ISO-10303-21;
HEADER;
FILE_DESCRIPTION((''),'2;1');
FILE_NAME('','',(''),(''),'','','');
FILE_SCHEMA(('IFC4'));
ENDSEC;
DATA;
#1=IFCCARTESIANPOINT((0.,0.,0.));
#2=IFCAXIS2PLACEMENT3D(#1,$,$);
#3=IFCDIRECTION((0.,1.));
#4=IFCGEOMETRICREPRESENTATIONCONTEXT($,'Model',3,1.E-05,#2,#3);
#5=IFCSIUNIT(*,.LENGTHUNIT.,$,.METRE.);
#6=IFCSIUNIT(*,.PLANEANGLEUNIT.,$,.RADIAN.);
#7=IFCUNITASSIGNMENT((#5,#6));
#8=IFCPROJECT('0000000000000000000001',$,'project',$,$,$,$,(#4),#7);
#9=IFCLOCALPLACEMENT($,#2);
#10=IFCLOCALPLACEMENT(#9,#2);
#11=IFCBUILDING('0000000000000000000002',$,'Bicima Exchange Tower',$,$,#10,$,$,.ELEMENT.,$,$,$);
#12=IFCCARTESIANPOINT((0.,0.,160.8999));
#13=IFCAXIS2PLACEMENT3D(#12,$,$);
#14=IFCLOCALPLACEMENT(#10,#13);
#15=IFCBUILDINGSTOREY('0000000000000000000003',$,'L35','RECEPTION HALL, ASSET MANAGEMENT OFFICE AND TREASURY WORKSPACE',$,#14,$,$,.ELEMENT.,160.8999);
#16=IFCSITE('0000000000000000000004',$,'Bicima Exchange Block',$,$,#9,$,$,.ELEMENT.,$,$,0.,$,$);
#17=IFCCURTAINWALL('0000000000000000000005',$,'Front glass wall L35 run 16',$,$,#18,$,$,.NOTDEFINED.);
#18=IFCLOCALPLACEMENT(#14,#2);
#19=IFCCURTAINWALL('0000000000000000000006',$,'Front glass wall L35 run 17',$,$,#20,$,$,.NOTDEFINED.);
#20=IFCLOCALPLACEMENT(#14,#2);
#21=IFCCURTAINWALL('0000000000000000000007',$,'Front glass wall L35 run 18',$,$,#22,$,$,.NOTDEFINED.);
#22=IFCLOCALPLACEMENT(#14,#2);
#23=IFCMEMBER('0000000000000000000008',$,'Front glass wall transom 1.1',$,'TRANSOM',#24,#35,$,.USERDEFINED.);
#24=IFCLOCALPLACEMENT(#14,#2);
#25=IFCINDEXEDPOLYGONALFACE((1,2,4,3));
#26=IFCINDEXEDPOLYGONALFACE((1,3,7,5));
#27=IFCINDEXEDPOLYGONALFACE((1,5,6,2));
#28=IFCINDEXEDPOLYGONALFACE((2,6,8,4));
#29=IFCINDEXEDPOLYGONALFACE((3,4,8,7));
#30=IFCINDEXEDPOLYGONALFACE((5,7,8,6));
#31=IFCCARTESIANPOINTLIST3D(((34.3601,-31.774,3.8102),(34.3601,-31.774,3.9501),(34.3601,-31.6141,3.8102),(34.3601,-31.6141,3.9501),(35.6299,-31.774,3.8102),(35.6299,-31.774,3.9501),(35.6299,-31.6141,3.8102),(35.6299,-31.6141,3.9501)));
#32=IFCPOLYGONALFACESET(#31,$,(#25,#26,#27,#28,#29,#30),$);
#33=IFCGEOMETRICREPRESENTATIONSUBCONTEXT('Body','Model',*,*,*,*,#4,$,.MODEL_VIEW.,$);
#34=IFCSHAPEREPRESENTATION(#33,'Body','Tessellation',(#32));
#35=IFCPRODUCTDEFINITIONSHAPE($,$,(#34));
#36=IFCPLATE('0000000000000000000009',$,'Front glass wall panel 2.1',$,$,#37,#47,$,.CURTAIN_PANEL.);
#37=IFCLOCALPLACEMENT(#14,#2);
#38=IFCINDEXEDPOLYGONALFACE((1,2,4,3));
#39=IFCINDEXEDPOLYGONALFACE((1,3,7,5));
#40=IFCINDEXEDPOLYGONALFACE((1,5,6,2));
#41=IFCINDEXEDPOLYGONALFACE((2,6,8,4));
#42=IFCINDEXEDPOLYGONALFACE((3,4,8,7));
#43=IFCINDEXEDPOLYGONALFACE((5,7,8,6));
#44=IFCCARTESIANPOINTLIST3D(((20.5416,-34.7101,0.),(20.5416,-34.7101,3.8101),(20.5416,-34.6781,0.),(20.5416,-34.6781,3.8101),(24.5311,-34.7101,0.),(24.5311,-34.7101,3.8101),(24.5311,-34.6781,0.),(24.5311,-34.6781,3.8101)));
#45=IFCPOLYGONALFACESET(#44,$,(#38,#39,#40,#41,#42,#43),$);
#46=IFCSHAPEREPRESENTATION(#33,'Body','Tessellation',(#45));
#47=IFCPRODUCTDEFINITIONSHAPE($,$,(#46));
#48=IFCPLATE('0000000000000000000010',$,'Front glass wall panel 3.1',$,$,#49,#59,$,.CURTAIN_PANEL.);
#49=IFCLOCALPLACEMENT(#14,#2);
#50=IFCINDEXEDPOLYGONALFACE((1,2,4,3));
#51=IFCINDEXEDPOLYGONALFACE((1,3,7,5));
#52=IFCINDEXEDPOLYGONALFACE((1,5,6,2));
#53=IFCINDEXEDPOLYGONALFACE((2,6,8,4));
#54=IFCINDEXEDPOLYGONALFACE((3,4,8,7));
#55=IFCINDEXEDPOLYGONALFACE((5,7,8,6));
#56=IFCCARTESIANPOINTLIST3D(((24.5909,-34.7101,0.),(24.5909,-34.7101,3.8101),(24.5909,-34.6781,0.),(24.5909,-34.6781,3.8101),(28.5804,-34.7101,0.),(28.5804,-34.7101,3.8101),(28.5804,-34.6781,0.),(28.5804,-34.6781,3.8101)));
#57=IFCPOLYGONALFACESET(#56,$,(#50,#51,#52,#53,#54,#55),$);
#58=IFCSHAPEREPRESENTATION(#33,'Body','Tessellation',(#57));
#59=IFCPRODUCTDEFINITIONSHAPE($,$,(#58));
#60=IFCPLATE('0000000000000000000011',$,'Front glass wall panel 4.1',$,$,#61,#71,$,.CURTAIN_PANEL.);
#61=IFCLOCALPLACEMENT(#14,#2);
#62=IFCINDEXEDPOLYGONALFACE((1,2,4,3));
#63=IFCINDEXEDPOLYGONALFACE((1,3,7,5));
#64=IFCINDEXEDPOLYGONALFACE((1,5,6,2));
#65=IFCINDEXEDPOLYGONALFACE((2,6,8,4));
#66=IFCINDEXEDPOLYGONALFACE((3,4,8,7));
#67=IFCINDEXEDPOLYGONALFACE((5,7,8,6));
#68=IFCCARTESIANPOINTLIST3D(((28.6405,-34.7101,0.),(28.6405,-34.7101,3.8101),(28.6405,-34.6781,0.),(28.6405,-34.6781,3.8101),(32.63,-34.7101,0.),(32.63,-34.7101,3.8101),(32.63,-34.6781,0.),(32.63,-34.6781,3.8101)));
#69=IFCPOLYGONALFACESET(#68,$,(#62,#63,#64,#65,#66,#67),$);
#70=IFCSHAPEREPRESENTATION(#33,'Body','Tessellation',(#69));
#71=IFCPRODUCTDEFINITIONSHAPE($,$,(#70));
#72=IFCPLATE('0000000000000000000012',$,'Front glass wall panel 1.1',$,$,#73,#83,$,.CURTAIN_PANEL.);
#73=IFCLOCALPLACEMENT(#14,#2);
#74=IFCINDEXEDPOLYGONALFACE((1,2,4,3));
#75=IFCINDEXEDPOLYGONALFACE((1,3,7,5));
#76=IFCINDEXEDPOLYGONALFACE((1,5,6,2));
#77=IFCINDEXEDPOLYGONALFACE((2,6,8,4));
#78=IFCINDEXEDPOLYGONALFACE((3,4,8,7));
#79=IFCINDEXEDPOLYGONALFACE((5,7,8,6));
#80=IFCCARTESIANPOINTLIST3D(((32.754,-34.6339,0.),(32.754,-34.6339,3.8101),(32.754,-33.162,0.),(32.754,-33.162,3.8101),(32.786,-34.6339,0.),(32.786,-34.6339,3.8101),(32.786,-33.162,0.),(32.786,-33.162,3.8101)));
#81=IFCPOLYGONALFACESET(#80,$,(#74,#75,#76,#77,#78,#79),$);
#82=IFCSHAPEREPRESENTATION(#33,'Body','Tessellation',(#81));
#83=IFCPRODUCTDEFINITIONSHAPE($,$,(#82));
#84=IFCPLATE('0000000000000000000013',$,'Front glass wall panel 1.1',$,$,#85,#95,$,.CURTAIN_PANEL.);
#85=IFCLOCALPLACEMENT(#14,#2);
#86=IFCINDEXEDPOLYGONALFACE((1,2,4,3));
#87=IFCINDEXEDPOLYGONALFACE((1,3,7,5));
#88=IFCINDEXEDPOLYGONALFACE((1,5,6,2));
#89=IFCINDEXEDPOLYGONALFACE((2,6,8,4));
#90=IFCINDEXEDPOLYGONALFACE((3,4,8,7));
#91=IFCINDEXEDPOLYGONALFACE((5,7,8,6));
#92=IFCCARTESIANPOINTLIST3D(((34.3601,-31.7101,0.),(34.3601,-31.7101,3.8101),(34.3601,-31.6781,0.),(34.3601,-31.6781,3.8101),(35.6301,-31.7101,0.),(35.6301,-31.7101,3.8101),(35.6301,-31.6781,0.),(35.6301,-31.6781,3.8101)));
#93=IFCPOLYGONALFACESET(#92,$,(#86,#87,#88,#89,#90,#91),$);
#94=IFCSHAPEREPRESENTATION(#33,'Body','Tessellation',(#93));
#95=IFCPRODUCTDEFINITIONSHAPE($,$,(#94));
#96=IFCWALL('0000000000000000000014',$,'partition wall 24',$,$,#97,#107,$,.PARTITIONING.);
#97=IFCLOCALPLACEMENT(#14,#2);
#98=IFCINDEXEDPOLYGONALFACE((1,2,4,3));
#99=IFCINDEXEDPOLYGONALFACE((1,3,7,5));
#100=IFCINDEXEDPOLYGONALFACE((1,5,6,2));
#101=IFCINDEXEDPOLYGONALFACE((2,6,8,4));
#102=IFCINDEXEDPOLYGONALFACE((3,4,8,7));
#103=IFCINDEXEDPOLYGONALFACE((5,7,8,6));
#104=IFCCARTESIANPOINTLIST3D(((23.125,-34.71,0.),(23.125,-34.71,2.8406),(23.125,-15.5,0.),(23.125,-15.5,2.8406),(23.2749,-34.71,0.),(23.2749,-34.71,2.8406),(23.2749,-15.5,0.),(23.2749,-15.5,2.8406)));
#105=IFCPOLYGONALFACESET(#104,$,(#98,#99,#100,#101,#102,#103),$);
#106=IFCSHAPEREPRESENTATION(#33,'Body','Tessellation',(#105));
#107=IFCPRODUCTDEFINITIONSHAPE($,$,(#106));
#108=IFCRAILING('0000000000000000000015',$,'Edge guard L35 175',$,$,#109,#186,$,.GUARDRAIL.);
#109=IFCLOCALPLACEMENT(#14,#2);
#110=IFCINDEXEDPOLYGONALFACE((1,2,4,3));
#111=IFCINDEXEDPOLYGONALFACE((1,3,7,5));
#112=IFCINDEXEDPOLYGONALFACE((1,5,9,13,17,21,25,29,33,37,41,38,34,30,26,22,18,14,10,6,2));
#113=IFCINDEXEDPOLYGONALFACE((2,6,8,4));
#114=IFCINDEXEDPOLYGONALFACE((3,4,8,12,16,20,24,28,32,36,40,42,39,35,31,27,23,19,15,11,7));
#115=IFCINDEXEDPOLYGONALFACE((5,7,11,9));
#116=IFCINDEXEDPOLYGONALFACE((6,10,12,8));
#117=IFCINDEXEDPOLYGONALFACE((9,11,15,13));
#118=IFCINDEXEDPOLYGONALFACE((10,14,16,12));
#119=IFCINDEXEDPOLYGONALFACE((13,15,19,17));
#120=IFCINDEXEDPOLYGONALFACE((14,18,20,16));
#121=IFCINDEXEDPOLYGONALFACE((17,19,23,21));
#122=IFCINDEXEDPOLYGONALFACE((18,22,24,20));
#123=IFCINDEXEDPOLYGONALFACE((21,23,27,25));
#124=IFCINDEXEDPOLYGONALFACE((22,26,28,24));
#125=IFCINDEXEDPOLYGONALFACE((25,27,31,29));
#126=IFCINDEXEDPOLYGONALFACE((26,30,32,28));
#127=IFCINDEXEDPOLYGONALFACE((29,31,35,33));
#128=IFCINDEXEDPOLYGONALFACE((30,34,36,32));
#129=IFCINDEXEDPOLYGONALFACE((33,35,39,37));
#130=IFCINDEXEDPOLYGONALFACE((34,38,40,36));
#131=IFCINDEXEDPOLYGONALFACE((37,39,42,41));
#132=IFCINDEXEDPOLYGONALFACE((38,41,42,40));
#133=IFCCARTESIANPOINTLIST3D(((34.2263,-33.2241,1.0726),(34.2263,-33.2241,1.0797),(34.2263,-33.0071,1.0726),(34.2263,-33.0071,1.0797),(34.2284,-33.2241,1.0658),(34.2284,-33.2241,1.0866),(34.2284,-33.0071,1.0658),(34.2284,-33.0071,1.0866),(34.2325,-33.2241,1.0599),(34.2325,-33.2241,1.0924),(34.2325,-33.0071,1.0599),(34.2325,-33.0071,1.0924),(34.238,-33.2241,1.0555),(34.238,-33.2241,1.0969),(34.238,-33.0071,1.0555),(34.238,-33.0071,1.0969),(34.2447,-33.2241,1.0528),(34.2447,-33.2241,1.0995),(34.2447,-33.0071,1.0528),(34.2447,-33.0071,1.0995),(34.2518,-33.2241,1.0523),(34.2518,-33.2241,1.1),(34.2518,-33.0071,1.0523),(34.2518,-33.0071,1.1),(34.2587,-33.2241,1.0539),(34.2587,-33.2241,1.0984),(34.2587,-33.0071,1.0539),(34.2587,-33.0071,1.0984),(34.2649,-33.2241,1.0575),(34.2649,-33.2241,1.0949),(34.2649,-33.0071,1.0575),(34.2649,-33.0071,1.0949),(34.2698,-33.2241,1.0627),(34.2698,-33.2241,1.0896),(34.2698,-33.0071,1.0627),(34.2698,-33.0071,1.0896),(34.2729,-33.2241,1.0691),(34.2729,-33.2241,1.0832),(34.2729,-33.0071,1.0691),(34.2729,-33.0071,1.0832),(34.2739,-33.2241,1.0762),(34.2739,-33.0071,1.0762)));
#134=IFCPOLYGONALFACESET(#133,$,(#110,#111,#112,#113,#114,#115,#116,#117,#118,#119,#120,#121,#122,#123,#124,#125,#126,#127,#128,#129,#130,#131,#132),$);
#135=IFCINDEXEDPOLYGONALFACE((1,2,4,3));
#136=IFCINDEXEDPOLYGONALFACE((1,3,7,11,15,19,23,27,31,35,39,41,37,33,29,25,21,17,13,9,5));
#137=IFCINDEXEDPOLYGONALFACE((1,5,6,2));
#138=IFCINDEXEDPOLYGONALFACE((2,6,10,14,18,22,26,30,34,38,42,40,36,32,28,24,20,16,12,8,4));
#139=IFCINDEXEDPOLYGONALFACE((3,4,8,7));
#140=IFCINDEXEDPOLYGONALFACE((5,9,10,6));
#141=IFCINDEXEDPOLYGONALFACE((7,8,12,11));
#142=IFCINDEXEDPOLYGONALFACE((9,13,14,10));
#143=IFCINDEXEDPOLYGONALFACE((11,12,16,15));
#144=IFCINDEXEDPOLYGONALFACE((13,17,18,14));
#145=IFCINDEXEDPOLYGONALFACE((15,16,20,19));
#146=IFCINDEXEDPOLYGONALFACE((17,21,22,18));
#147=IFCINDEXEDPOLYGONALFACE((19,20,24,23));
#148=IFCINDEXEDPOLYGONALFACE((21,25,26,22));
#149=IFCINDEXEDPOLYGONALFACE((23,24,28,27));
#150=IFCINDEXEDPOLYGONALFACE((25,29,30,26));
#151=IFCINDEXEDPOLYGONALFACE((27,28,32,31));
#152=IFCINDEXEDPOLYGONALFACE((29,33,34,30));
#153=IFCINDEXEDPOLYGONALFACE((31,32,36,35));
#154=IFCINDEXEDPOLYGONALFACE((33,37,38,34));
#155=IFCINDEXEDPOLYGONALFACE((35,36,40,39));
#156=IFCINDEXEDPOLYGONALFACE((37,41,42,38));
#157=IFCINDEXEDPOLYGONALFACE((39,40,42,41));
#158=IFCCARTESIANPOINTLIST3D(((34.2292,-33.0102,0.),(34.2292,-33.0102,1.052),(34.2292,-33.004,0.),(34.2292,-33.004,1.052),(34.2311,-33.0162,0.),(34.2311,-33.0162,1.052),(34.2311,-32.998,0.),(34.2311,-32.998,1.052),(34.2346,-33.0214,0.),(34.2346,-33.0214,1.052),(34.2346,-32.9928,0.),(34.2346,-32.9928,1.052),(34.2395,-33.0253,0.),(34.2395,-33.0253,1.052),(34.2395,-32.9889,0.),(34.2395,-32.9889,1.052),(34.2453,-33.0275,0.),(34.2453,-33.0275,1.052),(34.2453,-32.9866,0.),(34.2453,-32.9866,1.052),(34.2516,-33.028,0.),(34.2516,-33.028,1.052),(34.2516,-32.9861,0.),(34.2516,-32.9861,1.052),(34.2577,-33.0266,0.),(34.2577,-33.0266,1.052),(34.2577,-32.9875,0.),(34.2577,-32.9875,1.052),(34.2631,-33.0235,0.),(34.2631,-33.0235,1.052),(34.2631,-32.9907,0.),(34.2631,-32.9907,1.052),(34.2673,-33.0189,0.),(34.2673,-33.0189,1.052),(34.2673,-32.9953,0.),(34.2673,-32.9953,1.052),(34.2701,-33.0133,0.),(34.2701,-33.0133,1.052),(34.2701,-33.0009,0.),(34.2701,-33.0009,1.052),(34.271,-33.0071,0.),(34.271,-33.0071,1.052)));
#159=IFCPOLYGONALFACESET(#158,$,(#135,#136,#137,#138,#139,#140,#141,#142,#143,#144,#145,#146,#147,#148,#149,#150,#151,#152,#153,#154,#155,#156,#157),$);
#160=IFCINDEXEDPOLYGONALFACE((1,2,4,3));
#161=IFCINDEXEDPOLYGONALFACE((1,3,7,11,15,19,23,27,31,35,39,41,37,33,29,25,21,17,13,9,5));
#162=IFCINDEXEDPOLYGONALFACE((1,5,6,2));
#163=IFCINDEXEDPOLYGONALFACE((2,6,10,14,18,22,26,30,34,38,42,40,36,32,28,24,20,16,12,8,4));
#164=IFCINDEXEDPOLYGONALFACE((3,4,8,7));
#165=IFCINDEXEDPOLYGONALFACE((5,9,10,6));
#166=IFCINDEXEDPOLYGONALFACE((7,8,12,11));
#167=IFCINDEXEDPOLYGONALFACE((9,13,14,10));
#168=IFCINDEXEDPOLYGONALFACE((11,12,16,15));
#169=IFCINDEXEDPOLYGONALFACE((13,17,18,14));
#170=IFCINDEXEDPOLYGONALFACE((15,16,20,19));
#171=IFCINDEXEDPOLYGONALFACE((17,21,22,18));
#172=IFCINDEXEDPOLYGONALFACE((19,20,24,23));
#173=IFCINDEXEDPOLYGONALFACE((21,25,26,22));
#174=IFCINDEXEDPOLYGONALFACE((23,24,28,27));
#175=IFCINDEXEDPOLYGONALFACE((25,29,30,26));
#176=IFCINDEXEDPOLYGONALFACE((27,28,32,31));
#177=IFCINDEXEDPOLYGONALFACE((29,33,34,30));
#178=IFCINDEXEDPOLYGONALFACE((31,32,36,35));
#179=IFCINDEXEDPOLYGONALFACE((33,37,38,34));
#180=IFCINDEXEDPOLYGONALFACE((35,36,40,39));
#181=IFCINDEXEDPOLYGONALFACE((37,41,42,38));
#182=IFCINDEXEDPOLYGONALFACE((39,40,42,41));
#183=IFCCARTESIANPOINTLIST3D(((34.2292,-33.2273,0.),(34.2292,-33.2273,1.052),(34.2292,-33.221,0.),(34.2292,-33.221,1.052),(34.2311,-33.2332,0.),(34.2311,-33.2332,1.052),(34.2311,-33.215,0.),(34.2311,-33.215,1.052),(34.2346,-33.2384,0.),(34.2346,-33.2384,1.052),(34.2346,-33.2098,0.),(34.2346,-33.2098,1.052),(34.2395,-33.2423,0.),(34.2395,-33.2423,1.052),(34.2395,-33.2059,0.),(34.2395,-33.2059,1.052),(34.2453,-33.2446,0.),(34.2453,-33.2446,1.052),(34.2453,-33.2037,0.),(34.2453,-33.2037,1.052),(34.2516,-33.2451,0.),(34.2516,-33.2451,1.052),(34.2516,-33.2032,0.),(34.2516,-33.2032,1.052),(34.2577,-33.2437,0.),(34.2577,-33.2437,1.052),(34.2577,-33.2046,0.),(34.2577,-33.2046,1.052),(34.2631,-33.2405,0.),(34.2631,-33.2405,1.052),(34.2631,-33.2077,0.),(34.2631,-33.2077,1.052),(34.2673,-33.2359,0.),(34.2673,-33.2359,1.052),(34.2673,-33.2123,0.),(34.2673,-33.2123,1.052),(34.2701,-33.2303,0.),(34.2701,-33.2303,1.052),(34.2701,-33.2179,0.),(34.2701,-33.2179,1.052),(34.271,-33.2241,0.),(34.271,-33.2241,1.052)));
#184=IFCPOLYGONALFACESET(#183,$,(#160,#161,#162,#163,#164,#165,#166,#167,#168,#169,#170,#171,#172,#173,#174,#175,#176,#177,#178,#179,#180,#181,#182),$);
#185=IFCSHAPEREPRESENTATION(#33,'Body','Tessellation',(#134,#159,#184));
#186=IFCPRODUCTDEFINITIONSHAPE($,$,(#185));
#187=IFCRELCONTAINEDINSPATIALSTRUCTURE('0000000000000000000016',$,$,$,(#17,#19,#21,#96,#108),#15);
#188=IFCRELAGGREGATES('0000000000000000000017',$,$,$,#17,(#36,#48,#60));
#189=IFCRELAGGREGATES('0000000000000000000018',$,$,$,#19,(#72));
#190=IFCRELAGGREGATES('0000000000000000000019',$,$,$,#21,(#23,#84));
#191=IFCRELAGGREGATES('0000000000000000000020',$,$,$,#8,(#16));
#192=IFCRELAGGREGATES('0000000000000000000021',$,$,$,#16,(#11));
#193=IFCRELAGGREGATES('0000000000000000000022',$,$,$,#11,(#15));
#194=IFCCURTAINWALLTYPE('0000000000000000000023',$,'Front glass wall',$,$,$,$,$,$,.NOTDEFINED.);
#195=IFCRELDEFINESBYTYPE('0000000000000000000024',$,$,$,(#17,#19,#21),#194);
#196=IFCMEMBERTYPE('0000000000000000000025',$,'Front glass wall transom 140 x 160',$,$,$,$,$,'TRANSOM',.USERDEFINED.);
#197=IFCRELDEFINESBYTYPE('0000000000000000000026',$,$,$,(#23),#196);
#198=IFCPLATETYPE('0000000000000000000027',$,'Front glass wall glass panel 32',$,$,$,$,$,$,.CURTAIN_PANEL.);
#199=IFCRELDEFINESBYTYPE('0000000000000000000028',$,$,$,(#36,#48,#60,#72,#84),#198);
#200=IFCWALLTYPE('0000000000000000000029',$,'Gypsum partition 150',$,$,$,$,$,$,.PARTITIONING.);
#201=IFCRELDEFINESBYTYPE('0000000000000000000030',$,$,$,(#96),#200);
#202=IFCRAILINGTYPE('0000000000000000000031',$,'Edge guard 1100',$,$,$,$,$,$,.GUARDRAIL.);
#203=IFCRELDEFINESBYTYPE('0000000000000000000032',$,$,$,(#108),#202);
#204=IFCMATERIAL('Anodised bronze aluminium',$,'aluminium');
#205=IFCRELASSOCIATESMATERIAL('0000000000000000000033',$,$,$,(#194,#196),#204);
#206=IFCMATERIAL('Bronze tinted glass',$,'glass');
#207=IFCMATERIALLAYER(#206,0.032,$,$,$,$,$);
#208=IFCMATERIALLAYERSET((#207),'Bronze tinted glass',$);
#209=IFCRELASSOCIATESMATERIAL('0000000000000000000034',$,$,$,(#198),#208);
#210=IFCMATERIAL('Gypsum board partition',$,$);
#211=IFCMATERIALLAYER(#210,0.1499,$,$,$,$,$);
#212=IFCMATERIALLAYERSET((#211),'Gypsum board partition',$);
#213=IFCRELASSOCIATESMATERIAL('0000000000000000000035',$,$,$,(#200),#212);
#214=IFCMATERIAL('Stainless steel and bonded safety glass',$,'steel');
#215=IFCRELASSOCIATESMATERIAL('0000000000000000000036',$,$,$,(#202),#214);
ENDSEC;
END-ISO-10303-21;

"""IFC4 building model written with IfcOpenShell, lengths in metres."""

from ifc_helpers import new_model, si_unit, direction, frame, frame_2d, origin, origin_2d, place, context, subcontext, project, spatial, rectangle, circle, extrude, material, layer, layer_set, material_profile, profile_set, type_object, element, aggregate, save


model = new_model("IFC4")

# Units and contexts
model_context = context("Model", 3, precision=1e-05, world=origin(), true_north=direction((0.0, 1.0)))
body_context = subcontext(model_context, "Body", "Model", "MODEL_VIEW")
ifc_project = project(units=[si_unit("LENGTHUNIT", "METRE"), si_unit("PLANEANGLEUNIT", "RADIAN")], contexts=[model_context])

# Site, building, storey
site_placement = place(None, origin())
site = spatial("IfcSite", under=ifc_project, at=site_placement, Name="Bicima Exchange Block", CompositionType="ELEMENT", RefElevation=0.0)
building_placement = place(site_placement, origin())
building = spatial("IfcBuilding", under=site, at=building_placement, Name="Bicima Exchange Tower", CompositionType="ELEMENT")
storey_placement = place(building_placement, frame((0.0, 0.0, 160.8999)))
storey = spatial("IfcBuildingStorey", under=building, at=storey_placement, Name="L35", Description="RECEPTION HALL, ASSET MANAGEMENT OFFICE AND TREASURY WORKSPACE", CompositionType="ELEMENT", Elevation=160.8999)

# Curtain walls
ifc_material_1 = material(Name="Anodised bronze aluminium", Category="aluminium")
curtain_wall_type = type_object("IfcCurtainWallType", Name="Front glass wall", PredefinedType="NOTDEFINED", material=ifc_material_1)
curtain_wall_1_placement = place(storey_placement, origin())
curtain_wall_1 = element("IfcCurtainWall", 1, at=curtain_wall_1_placement, inside=storey, type_object=curtain_wall_type, Name="Front glass wall L35 run 16", PredefinedType="NOTDEFINED")
curtain_wall_2_placement = place(storey_placement, origin())
curtain_wall_2 = element("IfcCurtainWall", 2, at=curtain_wall_2_placement, inside=storey, type_object=curtain_wall_type, Name="Front glass wall L35 run 17", PredefinedType="NOTDEFINED")

# Curtain wall
curtain_wall_3_placement = place(storey_placement, origin())
curtain_wall_3 = element("IfcCurtainWall", 3, at=curtain_wall_3_placement, inside=storey, type_object=curtain_wall_type, Name="Front glass wall L35 run 18", PredefinedType="NOTDEFINED")

# Member
ifc_material_profile_1 = material_profile(ifc_material_1, rectangle(XDim=0.1599, YDim=0.1399, at=origin_2d()))
ifc_profile_set_1 = profile_set([ifc_material_profile_1], Name="Anodised bronze aluminium")
member_type_1 = type_object("IfcMemberType", Name="Front glass wall transom 140 x 160", ElementType="TRANSOM", PredefinedType="USERDEFINED", material=ifc_profile_set_1)
member_1_placement = place(storey_placement, frame((34.3601, -31.6941, 3.8801), z_axis=(1.0, 0.0, 0.0), x_axis=(0.0, 1.0, 0.0)))
member_1 = element("IfcMember", 4, at=member_1_placement, type_object=member_type_1, Name="Front glass wall transom 1.1", ObjectType="TRANSOM", PredefinedType="USERDEFINED", context=body_context, shape_type="SweptSolid", body=[
    extrude(rectangle(XDim=0.1599, YDim=0.1399, at=origin_2d()), origin(), (0.0, 0.0, 1.0), 1.2698),
])

# Plates
ifc_material_2 = material(Name="Bronze tinted glass", Category="glass")
ifc_layer_1 = layer(ifc_material_2, 0.032)
ifc_layer_set_1 = layer_set([ifc_layer_1], Name="Bronze tinted glass")
plate_type = type_object("IfcPlateType", Name="Front glass wall glass panel 32", PredefinedType="CURTAIN_PANEL", material=ifc_layer_set_1)
plate_1_placement = place(storey_placement, frame((22.5364, -34.6941, 0.0), z_axis=(0.0, 0.0, 1.0), x_axis=(1.0, 0.0, 0.0)))
plate_1 = element("IfcPlate", 5, at=plate_1_placement, type_object=plate_type, Name="Front glass wall panel 2.1", PredefinedType="CURTAIN_PANEL", context=body_context, shape_type="SweptSolid", body=[
    extrude(rectangle(XDim=3.9895, YDim=0.032, at=origin_2d()), origin(), (0.0, 0.0, 1.0), 3.8101),
])
plate_2_placement = place(storey_placement, frame((26.5857, -34.6941, 0.0), z_axis=(0.0, 0.0, 1.0), x_axis=(1.0, 0.0, 0.0)))
plate_2 = element("IfcPlate", 6, at=plate_2_placement, type_object=plate_type, Name="Front glass wall panel 3.1", PredefinedType="CURTAIN_PANEL", context=body_context, shape_type="SweptSolid", body=[
    extrude(rectangle(XDim=3.9895, YDim=0.032, at=origin_2d()), origin(), (0.0, 0.0, 1.0), 3.8101),
])
plate_3_placement = place(storey_placement, frame((30.6353, -34.6941, 0.0), z_axis=(0.0, 0.0, 1.0), x_axis=(1.0, 0.0, 0.0)))
plate_3 = element("IfcPlate", 7, at=plate_3_placement, type_object=plate_type, Name="Front glass wall panel 4.1", PredefinedType="CURTAIN_PANEL", context=body_context, shape_type="SweptSolid", body=[
    extrude(rectangle(XDim=3.9895, YDim=0.032, at=origin_2d()), origin(), (0.0, 0.0, 1.0), 3.8101),
])
aggregate(curtain_wall_1, [plate_1, plate_2, plate_3])
plate_4_placement = place(storey_placement, frame((32.77, -33.8979, 0.0), z_axis=(0.0, 0.0, 1.0), x_axis=(0.0, 1.0, 0.0)))
plate_4 = element("IfcPlate", 8, at=plate_4_placement, type_object=plate_type, Name="Front glass wall panel 1.1", PredefinedType="CURTAIN_PANEL", context=body_context, shape_type="SweptSolid", body=[
    extrude(rectangle(XDim=1.4719, YDim=0.032, at=origin_2d()), origin(), (0.0, 0.0, 1.0), 3.8101),
])
aggregate(curtain_wall_2, [plate_4])
plate_5_placement = place(storey_placement, frame((34.9951, -31.6941, 0.0), z_axis=(0.0, 0.0, 1.0), x_axis=(1.0, 0.0, 0.0)))
plate_5 = element("IfcPlate", 9, at=plate_5_placement, type_object=plate_type, Name="Front glass wall panel 1.1", PredefinedType="CURTAIN_PANEL", context=body_context, shape_type="SweptSolid", body=[
    extrude(rectangle(XDim=1.27, YDim=0.032, at=origin_2d()), origin(), (0.0, 0.0, 1.0), 3.8101),
])
aggregate(curtain_wall_3, [member_1, plate_5])

# Wall
ifc_material_3 = material(Name="Gypsum board partition")
ifc_layer_2 = layer(ifc_material_3, 0.1499)
ifc_layer_set_2 = layer_set([ifc_layer_2], Name="Gypsum board partition")
wall_type = type_object("IfcWallType", Name="Gypsum partition 150", PredefinedType="PARTITIONING", material=ifc_layer_set_2)
wall_placement = place(storey_placement, frame((23.2, -34.71, 0.0), z_axis=(0.0, 0.0, 1.0), x_axis=(0.0, 1.0, 0.0)))
element("IfcWall", 10, at=wall_placement, inside=storey, type_object=wall_type, Name="partition wall 24", PredefinedType="PARTITIONING", context=body_context, shape_type="SweptSolid", body=[
    extrude(rectangle(XDim=19.21, YDim=0.1499, at=frame_2d((9.605, 0.0))), origin(), (0.0, 0.0, 1.0), 2.8406),
])

# Railing
ifc_material_4 = material(Name="Stainless steel and bonded safety glass", Category="steel")
railing_type = type_object("IfcRailingType", Name="Edge guard 1100", PredefinedType="GUARDRAIL", material=ifc_material_4)
railing_1_placement = place(storey_placement, frame((34.25, -33.0071, 0.0)))
element("IfcRailing", 11, at=railing_1_placement, inside=storey, type_object=railing_type, Name="Edge guard L35 175", PredefinedType="GUARDRAIL", context=body_context, shape_type="SweptSolid", body=[
    extrude(circle(Radius=0.0239, at=origin_2d()), frame((0.0, 0.0, 1.0762), z_axis=(0.0, -1.0, 0.0), x_axis=(1.0, 0.0, 0.0)), (0.0, 0.0, 1.0), 0.217),
    extrude(circle(Radius=0.021, at=origin_2d()), origin(), (0.0, 0.0, 1.0), 1.052),
    extrude(circle(Radius=0.021, at=origin_2d()), frame((0.0, -0.217, 0.0)), (0.0, 0.0, 1.0), 1.052),
])

save(model, "model.ifc")
